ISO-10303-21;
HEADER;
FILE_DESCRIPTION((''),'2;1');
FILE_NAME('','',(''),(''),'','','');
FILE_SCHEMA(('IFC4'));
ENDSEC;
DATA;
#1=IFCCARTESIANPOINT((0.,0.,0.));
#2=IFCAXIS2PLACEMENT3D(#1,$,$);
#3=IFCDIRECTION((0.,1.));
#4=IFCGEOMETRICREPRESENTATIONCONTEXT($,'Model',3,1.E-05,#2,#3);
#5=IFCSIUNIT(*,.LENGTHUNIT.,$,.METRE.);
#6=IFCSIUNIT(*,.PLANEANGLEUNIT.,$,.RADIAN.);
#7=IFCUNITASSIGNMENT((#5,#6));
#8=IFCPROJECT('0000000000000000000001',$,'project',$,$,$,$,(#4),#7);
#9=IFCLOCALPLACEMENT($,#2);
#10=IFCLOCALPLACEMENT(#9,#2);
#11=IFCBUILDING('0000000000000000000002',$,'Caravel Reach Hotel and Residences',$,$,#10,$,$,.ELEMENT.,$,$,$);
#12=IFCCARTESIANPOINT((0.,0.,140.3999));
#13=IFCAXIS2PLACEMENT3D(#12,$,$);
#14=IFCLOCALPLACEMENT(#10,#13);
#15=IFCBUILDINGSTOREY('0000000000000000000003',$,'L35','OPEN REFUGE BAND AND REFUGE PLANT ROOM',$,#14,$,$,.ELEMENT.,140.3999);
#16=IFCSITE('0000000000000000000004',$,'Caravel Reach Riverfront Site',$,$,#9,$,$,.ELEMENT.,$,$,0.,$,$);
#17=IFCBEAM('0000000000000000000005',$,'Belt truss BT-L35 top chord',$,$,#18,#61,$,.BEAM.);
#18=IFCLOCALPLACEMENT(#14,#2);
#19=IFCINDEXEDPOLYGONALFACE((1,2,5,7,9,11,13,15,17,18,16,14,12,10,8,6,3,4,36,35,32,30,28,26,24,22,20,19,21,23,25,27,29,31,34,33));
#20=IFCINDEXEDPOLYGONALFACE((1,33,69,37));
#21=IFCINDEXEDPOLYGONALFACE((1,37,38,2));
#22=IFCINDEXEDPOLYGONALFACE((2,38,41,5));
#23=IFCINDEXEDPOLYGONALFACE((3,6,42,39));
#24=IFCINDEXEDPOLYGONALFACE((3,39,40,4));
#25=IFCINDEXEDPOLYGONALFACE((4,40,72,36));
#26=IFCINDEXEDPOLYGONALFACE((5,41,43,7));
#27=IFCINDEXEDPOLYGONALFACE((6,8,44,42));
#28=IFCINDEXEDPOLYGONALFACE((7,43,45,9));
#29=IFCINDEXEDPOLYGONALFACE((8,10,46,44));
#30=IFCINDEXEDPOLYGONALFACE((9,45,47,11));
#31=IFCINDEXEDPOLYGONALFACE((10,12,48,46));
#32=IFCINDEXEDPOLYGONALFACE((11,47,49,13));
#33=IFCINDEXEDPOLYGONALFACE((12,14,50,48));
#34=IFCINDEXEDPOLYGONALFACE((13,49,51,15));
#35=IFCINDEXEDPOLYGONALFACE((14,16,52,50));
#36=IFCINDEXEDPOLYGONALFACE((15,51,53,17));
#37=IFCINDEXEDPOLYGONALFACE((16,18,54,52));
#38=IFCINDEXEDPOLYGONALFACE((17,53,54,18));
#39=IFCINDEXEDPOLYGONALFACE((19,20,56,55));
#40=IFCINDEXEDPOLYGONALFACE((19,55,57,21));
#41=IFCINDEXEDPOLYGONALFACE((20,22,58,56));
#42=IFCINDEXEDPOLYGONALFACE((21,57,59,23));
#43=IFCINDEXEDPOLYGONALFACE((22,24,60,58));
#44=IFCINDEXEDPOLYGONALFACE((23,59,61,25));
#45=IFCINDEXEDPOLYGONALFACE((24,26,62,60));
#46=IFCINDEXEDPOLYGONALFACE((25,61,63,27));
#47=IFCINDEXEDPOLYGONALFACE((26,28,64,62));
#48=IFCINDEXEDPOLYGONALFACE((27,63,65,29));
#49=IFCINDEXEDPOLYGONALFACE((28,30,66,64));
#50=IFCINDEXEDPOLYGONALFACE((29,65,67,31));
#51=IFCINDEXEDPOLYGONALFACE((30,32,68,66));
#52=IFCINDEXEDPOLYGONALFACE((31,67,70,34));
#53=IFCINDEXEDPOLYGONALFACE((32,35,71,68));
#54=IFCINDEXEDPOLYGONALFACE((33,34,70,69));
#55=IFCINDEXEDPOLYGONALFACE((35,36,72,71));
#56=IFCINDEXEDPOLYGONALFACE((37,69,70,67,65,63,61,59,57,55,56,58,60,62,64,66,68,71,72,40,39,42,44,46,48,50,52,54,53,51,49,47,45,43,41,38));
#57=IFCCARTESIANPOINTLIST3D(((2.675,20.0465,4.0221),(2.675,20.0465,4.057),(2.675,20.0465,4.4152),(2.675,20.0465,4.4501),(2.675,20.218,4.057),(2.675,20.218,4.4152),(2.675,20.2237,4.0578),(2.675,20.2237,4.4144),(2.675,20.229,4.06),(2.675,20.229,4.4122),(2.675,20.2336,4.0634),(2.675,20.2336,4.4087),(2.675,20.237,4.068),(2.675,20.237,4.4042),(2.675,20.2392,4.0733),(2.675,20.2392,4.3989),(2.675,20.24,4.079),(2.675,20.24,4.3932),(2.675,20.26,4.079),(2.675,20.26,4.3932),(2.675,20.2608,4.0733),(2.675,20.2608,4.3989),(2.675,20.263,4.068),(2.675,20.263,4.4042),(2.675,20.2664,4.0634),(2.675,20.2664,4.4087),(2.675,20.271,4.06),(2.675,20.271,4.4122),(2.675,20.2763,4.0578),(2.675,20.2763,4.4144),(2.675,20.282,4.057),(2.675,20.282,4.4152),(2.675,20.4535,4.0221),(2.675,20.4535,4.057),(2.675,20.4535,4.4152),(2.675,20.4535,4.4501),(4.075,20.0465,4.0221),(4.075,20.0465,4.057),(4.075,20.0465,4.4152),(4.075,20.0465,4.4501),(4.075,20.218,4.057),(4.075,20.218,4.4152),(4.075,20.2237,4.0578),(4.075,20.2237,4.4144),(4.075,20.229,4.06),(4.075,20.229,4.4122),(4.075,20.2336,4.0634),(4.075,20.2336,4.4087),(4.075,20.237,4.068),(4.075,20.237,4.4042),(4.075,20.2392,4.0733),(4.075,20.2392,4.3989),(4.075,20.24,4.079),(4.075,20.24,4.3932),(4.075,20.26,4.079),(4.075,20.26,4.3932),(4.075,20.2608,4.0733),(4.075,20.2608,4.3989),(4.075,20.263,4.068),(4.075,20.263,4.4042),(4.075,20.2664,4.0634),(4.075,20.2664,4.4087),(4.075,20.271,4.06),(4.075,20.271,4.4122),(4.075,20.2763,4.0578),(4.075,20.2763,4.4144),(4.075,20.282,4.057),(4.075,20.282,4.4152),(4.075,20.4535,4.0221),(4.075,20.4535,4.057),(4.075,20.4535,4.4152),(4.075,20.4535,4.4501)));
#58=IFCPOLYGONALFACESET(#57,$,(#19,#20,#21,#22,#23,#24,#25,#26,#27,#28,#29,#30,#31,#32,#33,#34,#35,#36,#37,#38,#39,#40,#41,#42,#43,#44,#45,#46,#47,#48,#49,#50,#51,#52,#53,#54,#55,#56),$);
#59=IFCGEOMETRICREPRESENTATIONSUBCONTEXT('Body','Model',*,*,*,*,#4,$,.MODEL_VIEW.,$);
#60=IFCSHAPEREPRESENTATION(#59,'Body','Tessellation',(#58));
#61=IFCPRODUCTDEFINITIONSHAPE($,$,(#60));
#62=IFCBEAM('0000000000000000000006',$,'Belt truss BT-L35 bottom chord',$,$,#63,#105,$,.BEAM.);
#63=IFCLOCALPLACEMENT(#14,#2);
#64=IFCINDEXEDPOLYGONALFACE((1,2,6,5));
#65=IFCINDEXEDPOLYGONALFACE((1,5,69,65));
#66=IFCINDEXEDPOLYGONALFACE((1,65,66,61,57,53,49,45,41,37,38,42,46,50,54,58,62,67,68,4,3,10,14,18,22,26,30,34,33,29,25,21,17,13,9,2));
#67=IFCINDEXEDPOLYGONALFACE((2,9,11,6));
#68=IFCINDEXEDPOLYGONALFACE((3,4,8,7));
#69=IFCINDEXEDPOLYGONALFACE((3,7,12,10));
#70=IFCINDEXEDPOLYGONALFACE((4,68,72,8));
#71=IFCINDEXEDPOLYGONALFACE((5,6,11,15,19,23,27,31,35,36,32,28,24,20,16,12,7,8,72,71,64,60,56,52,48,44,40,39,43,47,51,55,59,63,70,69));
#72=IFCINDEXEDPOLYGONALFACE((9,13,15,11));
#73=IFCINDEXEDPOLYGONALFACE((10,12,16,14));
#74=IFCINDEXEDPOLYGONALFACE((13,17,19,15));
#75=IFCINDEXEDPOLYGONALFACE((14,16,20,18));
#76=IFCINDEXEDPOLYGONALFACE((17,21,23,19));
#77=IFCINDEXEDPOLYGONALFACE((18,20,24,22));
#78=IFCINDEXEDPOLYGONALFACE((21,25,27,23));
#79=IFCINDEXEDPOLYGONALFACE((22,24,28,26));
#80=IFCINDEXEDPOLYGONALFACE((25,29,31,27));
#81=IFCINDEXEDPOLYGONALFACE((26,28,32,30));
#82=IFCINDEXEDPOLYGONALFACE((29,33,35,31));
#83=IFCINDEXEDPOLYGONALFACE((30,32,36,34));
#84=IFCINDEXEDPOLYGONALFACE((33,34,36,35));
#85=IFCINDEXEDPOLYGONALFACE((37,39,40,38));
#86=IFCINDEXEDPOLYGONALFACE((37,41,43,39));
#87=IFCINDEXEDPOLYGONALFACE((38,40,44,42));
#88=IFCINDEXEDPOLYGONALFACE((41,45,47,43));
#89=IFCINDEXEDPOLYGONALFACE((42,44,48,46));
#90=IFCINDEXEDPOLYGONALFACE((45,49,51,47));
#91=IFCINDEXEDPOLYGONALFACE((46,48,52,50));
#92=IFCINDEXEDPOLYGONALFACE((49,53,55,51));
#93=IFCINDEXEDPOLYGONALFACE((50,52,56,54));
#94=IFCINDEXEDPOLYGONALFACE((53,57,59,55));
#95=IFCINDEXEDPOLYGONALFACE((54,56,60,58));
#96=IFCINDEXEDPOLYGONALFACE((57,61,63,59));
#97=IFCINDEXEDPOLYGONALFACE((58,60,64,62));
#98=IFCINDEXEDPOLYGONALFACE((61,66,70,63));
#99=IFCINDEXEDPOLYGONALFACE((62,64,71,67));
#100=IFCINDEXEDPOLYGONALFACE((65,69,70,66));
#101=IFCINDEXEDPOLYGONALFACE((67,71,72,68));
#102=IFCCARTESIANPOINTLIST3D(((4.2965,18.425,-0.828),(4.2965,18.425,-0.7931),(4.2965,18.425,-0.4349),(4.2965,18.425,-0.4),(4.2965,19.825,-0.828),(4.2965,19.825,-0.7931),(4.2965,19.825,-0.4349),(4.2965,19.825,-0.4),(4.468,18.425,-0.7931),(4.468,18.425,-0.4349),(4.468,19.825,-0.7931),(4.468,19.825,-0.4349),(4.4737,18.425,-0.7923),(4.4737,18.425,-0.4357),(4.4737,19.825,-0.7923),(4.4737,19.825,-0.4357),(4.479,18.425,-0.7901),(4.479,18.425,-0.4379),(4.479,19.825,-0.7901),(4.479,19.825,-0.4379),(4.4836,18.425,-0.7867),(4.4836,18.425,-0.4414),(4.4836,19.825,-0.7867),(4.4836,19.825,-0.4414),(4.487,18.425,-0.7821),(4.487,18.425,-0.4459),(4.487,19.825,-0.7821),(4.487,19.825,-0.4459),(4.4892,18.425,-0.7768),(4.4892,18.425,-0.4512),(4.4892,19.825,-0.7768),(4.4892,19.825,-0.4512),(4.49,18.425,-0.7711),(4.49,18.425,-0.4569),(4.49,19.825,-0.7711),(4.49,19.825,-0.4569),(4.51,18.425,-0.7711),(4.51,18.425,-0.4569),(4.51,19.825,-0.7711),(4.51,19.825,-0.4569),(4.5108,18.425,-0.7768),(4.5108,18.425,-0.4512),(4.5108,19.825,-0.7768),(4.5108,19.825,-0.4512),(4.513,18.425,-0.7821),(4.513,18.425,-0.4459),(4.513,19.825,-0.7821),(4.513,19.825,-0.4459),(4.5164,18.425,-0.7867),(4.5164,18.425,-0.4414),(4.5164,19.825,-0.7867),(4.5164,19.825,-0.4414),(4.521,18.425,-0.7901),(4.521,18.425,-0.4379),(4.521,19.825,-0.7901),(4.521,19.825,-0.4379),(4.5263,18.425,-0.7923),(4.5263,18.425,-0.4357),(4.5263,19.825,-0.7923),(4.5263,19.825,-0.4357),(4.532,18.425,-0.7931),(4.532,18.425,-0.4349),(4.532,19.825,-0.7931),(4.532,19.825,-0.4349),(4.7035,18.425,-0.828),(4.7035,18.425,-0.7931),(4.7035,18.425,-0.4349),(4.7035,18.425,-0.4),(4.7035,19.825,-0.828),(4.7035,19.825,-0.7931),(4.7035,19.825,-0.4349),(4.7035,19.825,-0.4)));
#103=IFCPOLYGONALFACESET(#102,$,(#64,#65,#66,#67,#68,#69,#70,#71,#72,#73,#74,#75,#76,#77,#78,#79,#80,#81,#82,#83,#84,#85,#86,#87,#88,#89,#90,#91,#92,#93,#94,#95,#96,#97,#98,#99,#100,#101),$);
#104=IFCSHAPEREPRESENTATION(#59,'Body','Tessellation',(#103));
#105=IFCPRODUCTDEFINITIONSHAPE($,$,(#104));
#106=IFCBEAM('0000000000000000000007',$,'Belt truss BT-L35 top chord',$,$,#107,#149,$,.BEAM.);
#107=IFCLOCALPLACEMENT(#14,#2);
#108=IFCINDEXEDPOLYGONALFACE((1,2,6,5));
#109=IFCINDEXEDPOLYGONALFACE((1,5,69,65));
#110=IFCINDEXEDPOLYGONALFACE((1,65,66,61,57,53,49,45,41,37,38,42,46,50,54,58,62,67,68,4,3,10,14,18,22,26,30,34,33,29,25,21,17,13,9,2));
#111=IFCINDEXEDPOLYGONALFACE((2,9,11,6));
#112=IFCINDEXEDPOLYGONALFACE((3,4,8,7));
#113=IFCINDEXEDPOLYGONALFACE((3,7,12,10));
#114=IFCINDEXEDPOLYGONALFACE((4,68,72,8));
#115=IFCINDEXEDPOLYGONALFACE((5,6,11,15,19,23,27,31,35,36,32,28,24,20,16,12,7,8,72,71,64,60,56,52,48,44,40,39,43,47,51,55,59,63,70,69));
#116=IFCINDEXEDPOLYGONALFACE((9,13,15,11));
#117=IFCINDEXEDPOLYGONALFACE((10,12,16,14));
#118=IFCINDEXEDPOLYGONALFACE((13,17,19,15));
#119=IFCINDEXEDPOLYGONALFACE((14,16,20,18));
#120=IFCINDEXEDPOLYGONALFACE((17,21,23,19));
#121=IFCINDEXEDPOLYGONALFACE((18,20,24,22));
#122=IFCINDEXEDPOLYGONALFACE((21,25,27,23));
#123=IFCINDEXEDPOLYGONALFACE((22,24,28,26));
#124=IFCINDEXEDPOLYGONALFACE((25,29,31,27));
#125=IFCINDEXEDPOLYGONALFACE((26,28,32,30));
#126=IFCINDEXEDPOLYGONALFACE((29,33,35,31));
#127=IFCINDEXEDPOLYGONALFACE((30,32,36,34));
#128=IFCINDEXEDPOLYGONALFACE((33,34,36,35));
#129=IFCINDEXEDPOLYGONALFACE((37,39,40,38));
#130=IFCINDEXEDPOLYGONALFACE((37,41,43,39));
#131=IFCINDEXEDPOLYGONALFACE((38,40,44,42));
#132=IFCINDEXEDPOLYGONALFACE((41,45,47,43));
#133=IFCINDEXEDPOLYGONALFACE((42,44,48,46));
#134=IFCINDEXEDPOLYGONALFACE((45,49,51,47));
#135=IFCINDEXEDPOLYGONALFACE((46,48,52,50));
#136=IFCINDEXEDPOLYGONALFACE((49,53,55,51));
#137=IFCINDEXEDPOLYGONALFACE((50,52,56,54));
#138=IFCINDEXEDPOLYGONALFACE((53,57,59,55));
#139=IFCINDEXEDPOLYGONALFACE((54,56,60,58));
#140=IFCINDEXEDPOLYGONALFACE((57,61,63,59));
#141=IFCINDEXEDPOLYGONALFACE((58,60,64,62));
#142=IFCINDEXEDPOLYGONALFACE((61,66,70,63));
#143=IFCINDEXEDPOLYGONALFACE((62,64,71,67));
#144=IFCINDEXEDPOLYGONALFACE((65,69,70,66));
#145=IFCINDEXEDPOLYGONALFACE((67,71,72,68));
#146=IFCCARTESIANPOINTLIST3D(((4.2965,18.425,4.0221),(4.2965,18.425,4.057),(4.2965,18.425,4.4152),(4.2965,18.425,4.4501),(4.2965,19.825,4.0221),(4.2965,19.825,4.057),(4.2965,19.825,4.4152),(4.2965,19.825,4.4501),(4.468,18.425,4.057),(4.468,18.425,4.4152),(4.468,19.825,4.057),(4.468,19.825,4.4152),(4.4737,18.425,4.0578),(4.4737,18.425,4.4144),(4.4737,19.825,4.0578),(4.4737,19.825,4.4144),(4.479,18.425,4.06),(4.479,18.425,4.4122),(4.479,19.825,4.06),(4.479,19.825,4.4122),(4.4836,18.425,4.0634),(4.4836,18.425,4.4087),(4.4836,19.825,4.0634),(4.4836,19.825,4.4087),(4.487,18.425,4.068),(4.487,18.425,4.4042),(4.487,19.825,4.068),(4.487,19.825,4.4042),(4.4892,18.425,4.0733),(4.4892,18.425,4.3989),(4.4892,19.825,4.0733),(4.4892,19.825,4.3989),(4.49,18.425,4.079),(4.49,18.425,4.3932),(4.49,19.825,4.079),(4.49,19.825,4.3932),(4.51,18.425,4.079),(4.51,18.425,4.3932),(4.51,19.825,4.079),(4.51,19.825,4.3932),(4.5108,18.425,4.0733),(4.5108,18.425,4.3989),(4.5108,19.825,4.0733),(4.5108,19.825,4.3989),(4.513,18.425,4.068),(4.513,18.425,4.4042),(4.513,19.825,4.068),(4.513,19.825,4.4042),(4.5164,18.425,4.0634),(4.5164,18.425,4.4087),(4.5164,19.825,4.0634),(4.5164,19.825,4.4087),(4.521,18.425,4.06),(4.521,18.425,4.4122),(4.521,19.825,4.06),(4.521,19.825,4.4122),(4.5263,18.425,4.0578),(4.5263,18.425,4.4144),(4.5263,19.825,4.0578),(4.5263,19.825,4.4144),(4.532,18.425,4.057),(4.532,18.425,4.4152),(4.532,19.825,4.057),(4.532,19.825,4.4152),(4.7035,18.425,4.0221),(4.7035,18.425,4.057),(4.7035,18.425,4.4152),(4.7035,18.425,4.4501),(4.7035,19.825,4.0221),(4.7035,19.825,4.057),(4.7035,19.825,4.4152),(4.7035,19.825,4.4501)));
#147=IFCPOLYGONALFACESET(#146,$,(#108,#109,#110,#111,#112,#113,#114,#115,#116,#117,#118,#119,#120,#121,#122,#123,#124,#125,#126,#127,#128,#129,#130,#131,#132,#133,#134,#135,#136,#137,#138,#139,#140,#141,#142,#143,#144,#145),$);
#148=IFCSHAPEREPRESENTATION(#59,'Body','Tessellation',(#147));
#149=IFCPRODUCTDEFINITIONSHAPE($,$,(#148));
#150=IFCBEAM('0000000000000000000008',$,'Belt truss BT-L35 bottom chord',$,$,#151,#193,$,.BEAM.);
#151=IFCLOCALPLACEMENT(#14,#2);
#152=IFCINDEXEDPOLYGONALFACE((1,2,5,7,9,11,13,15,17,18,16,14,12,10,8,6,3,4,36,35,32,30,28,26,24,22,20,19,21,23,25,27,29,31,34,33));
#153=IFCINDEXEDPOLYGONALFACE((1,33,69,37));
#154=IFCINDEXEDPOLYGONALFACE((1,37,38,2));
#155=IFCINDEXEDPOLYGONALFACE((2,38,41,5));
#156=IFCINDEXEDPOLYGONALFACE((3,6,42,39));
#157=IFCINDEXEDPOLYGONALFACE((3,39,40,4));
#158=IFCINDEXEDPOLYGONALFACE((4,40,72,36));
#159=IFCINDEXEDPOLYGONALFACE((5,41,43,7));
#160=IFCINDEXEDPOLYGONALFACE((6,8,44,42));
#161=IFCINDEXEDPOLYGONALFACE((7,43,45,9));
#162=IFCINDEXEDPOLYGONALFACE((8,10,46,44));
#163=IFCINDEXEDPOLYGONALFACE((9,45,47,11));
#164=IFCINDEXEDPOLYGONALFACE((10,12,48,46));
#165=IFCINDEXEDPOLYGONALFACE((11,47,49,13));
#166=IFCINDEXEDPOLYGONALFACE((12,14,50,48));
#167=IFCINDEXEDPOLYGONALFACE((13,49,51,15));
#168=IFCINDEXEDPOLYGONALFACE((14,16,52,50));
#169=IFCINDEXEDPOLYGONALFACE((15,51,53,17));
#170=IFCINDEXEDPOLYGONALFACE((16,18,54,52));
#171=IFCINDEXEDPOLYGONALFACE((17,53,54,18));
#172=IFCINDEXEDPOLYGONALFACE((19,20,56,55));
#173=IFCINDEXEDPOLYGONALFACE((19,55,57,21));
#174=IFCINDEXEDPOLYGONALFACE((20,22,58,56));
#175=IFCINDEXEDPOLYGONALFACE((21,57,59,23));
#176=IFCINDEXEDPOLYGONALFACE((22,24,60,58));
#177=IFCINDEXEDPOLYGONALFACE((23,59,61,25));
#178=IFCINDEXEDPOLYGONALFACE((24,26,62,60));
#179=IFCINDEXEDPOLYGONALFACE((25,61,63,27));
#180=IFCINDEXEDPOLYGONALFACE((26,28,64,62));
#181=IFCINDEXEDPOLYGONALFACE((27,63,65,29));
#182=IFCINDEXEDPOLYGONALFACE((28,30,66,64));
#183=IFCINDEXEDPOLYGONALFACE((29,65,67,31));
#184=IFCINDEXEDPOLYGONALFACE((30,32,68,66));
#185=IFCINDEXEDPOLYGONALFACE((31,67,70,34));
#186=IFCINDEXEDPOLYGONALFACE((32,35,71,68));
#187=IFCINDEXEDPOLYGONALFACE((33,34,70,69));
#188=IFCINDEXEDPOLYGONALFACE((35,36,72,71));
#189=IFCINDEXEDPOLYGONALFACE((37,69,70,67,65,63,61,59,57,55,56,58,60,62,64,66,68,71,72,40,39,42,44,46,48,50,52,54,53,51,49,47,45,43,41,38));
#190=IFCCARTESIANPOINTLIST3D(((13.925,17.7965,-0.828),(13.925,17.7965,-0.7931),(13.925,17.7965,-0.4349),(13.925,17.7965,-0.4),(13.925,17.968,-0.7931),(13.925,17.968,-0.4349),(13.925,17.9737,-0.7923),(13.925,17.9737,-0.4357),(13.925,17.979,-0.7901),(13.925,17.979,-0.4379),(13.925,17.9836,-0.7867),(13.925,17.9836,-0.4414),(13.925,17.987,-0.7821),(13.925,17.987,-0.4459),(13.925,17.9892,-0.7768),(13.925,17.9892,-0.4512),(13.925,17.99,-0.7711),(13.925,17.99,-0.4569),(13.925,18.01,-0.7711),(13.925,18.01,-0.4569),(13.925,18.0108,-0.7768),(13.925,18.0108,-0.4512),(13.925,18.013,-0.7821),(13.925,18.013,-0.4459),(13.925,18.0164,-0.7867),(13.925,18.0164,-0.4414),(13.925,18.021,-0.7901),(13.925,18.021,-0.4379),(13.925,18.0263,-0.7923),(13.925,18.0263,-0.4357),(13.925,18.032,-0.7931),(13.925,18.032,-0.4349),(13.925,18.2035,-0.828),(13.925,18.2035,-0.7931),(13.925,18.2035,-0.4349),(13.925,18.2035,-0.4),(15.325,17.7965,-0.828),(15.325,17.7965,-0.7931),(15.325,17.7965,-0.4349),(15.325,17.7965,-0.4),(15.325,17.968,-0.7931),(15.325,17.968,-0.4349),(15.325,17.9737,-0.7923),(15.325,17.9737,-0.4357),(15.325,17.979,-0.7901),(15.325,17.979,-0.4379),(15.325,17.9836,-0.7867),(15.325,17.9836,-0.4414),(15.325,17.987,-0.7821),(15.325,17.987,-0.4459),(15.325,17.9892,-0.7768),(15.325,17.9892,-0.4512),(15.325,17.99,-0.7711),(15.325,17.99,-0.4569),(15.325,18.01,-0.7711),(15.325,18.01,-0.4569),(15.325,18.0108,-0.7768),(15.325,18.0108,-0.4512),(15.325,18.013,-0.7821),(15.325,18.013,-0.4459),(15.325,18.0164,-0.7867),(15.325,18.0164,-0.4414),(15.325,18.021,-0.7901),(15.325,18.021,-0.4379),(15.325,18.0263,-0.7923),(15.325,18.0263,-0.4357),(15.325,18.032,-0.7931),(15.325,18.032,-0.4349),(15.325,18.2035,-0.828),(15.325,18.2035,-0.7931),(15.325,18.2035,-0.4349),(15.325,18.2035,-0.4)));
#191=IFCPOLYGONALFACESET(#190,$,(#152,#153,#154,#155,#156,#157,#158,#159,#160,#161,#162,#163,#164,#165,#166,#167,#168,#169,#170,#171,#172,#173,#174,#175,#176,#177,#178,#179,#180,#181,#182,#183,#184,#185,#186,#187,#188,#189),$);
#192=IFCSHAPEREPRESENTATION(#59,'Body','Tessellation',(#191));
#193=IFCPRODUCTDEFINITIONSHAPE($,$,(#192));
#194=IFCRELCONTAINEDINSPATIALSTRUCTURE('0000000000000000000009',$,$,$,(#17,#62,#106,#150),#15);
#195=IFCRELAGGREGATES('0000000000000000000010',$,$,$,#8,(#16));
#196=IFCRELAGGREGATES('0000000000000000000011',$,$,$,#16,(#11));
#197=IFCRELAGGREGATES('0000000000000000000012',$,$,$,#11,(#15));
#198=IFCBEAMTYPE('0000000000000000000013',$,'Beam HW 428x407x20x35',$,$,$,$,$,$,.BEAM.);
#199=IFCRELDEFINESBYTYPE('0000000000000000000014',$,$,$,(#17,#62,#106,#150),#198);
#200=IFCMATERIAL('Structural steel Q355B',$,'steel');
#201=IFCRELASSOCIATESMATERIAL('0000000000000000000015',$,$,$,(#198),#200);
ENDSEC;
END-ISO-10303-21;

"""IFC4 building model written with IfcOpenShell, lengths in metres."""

from ifc_helpers import new_model, si_unit, direction, frame, origin, origin_2d, place, context, subcontext, project, spatial, i_section, extrude, material, material_profile, profile_set, type_object, element, save


model = new_model("IFC4")

# Units and contexts
model_context = context("Model", 3, precision=1e-05, world=origin(), true_north=direction((0.0, 1.0)))
body_context = subcontext(model_context, "Body", "Model", "MODEL_VIEW")
ifc_project = project(units=[si_unit("LENGTHUNIT", "METRE"), si_unit("PLANEANGLEUNIT", "RADIAN")], contexts=[model_context])

# Site, building, storey
site_placement = place(None, origin())
site = spatial("IfcSite", under=ifc_project, at=site_placement, Name="Caravel Reach Riverfront Site", CompositionType="ELEMENT", RefElevation=0.0)
building_placement = place(site_placement, origin())
building = spatial("IfcBuilding", under=site, at=building_placement, Name="Caravel Reach Hotel and Residences", CompositionType="ELEMENT")
storey_placement = place(building_placement, frame((0.0, 0.0, 140.3999)))
storey = spatial("IfcBuildingStorey", under=building, at=storey_placement, Name="L35", Description="OPEN REFUGE BAND AND REFUGE PLANT ROOM", CompositionType="ELEMENT", Elevation=140.3999)

# Beams
ifc_material_1 = material(Name="Structural steel Q355B", Category="steel")
ifc_material_profile_1 = material_profile(ifc_material_1, i_section(OverallWidth=0.407, OverallDepth=0.428, WebThickness=0.02, FlangeThickness=0.0349, FilletRadius=0.022, at=origin_2d()), Name="HW 428x407x20x35")
ifc_profile_set_1 = profile_set([ifc_material_profile_1], Name="Structural steel Q355B")
beam_type_1 = type_object("IfcBeamType", Name="Beam HW 428x407x20x35", PredefinedType="BEAM", material=ifc_profile_set_1)
for number, where, z_axis, x_axis, name in (
    (1, (2.675, 20.25, 4.2361), (1.0, 0.0, 0.0), (0.0, 1.0, 0.0), "Belt truss BT-L35 top chord"),
    (2, (4.5, 19.825, -0.614), (0.0, -1.0, 0.0), (1.0, 0.0, 0.0), "Belt truss BT-L35 bottom chord"),
    (3, (4.5, 19.825, 4.2361), (0.0, -1.0, 0.0), (1.0, 0.0, 0.0), "Belt truss BT-L35 top chord"),
    (4, (13.925, 18.0, -0.614), (1.0, 0.0, 0.0), (0.0, 1.0, 0.0), "Belt truss BT-L35 bottom chord"),
):
    element("IfcBeam", number, at=place(storey_placement, frame(where, z_axis=z_axis, x_axis=x_axis)), inside=storey, type_object=beam_type_1, Name=name, PredefinedType="BEAM", context=body_context, shape_type="SweptSolid", body=[
        extrude(i_section(OverallWidth=0.407, OverallDepth=0.428, WebThickness=0.02, FlangeThickness=0.0349, FilletRadius=0.022, at=origin_2d()), origin(), (0.0, 0.0, 1.0), 1.3999),
    ])

save(model, "model.ifc")
